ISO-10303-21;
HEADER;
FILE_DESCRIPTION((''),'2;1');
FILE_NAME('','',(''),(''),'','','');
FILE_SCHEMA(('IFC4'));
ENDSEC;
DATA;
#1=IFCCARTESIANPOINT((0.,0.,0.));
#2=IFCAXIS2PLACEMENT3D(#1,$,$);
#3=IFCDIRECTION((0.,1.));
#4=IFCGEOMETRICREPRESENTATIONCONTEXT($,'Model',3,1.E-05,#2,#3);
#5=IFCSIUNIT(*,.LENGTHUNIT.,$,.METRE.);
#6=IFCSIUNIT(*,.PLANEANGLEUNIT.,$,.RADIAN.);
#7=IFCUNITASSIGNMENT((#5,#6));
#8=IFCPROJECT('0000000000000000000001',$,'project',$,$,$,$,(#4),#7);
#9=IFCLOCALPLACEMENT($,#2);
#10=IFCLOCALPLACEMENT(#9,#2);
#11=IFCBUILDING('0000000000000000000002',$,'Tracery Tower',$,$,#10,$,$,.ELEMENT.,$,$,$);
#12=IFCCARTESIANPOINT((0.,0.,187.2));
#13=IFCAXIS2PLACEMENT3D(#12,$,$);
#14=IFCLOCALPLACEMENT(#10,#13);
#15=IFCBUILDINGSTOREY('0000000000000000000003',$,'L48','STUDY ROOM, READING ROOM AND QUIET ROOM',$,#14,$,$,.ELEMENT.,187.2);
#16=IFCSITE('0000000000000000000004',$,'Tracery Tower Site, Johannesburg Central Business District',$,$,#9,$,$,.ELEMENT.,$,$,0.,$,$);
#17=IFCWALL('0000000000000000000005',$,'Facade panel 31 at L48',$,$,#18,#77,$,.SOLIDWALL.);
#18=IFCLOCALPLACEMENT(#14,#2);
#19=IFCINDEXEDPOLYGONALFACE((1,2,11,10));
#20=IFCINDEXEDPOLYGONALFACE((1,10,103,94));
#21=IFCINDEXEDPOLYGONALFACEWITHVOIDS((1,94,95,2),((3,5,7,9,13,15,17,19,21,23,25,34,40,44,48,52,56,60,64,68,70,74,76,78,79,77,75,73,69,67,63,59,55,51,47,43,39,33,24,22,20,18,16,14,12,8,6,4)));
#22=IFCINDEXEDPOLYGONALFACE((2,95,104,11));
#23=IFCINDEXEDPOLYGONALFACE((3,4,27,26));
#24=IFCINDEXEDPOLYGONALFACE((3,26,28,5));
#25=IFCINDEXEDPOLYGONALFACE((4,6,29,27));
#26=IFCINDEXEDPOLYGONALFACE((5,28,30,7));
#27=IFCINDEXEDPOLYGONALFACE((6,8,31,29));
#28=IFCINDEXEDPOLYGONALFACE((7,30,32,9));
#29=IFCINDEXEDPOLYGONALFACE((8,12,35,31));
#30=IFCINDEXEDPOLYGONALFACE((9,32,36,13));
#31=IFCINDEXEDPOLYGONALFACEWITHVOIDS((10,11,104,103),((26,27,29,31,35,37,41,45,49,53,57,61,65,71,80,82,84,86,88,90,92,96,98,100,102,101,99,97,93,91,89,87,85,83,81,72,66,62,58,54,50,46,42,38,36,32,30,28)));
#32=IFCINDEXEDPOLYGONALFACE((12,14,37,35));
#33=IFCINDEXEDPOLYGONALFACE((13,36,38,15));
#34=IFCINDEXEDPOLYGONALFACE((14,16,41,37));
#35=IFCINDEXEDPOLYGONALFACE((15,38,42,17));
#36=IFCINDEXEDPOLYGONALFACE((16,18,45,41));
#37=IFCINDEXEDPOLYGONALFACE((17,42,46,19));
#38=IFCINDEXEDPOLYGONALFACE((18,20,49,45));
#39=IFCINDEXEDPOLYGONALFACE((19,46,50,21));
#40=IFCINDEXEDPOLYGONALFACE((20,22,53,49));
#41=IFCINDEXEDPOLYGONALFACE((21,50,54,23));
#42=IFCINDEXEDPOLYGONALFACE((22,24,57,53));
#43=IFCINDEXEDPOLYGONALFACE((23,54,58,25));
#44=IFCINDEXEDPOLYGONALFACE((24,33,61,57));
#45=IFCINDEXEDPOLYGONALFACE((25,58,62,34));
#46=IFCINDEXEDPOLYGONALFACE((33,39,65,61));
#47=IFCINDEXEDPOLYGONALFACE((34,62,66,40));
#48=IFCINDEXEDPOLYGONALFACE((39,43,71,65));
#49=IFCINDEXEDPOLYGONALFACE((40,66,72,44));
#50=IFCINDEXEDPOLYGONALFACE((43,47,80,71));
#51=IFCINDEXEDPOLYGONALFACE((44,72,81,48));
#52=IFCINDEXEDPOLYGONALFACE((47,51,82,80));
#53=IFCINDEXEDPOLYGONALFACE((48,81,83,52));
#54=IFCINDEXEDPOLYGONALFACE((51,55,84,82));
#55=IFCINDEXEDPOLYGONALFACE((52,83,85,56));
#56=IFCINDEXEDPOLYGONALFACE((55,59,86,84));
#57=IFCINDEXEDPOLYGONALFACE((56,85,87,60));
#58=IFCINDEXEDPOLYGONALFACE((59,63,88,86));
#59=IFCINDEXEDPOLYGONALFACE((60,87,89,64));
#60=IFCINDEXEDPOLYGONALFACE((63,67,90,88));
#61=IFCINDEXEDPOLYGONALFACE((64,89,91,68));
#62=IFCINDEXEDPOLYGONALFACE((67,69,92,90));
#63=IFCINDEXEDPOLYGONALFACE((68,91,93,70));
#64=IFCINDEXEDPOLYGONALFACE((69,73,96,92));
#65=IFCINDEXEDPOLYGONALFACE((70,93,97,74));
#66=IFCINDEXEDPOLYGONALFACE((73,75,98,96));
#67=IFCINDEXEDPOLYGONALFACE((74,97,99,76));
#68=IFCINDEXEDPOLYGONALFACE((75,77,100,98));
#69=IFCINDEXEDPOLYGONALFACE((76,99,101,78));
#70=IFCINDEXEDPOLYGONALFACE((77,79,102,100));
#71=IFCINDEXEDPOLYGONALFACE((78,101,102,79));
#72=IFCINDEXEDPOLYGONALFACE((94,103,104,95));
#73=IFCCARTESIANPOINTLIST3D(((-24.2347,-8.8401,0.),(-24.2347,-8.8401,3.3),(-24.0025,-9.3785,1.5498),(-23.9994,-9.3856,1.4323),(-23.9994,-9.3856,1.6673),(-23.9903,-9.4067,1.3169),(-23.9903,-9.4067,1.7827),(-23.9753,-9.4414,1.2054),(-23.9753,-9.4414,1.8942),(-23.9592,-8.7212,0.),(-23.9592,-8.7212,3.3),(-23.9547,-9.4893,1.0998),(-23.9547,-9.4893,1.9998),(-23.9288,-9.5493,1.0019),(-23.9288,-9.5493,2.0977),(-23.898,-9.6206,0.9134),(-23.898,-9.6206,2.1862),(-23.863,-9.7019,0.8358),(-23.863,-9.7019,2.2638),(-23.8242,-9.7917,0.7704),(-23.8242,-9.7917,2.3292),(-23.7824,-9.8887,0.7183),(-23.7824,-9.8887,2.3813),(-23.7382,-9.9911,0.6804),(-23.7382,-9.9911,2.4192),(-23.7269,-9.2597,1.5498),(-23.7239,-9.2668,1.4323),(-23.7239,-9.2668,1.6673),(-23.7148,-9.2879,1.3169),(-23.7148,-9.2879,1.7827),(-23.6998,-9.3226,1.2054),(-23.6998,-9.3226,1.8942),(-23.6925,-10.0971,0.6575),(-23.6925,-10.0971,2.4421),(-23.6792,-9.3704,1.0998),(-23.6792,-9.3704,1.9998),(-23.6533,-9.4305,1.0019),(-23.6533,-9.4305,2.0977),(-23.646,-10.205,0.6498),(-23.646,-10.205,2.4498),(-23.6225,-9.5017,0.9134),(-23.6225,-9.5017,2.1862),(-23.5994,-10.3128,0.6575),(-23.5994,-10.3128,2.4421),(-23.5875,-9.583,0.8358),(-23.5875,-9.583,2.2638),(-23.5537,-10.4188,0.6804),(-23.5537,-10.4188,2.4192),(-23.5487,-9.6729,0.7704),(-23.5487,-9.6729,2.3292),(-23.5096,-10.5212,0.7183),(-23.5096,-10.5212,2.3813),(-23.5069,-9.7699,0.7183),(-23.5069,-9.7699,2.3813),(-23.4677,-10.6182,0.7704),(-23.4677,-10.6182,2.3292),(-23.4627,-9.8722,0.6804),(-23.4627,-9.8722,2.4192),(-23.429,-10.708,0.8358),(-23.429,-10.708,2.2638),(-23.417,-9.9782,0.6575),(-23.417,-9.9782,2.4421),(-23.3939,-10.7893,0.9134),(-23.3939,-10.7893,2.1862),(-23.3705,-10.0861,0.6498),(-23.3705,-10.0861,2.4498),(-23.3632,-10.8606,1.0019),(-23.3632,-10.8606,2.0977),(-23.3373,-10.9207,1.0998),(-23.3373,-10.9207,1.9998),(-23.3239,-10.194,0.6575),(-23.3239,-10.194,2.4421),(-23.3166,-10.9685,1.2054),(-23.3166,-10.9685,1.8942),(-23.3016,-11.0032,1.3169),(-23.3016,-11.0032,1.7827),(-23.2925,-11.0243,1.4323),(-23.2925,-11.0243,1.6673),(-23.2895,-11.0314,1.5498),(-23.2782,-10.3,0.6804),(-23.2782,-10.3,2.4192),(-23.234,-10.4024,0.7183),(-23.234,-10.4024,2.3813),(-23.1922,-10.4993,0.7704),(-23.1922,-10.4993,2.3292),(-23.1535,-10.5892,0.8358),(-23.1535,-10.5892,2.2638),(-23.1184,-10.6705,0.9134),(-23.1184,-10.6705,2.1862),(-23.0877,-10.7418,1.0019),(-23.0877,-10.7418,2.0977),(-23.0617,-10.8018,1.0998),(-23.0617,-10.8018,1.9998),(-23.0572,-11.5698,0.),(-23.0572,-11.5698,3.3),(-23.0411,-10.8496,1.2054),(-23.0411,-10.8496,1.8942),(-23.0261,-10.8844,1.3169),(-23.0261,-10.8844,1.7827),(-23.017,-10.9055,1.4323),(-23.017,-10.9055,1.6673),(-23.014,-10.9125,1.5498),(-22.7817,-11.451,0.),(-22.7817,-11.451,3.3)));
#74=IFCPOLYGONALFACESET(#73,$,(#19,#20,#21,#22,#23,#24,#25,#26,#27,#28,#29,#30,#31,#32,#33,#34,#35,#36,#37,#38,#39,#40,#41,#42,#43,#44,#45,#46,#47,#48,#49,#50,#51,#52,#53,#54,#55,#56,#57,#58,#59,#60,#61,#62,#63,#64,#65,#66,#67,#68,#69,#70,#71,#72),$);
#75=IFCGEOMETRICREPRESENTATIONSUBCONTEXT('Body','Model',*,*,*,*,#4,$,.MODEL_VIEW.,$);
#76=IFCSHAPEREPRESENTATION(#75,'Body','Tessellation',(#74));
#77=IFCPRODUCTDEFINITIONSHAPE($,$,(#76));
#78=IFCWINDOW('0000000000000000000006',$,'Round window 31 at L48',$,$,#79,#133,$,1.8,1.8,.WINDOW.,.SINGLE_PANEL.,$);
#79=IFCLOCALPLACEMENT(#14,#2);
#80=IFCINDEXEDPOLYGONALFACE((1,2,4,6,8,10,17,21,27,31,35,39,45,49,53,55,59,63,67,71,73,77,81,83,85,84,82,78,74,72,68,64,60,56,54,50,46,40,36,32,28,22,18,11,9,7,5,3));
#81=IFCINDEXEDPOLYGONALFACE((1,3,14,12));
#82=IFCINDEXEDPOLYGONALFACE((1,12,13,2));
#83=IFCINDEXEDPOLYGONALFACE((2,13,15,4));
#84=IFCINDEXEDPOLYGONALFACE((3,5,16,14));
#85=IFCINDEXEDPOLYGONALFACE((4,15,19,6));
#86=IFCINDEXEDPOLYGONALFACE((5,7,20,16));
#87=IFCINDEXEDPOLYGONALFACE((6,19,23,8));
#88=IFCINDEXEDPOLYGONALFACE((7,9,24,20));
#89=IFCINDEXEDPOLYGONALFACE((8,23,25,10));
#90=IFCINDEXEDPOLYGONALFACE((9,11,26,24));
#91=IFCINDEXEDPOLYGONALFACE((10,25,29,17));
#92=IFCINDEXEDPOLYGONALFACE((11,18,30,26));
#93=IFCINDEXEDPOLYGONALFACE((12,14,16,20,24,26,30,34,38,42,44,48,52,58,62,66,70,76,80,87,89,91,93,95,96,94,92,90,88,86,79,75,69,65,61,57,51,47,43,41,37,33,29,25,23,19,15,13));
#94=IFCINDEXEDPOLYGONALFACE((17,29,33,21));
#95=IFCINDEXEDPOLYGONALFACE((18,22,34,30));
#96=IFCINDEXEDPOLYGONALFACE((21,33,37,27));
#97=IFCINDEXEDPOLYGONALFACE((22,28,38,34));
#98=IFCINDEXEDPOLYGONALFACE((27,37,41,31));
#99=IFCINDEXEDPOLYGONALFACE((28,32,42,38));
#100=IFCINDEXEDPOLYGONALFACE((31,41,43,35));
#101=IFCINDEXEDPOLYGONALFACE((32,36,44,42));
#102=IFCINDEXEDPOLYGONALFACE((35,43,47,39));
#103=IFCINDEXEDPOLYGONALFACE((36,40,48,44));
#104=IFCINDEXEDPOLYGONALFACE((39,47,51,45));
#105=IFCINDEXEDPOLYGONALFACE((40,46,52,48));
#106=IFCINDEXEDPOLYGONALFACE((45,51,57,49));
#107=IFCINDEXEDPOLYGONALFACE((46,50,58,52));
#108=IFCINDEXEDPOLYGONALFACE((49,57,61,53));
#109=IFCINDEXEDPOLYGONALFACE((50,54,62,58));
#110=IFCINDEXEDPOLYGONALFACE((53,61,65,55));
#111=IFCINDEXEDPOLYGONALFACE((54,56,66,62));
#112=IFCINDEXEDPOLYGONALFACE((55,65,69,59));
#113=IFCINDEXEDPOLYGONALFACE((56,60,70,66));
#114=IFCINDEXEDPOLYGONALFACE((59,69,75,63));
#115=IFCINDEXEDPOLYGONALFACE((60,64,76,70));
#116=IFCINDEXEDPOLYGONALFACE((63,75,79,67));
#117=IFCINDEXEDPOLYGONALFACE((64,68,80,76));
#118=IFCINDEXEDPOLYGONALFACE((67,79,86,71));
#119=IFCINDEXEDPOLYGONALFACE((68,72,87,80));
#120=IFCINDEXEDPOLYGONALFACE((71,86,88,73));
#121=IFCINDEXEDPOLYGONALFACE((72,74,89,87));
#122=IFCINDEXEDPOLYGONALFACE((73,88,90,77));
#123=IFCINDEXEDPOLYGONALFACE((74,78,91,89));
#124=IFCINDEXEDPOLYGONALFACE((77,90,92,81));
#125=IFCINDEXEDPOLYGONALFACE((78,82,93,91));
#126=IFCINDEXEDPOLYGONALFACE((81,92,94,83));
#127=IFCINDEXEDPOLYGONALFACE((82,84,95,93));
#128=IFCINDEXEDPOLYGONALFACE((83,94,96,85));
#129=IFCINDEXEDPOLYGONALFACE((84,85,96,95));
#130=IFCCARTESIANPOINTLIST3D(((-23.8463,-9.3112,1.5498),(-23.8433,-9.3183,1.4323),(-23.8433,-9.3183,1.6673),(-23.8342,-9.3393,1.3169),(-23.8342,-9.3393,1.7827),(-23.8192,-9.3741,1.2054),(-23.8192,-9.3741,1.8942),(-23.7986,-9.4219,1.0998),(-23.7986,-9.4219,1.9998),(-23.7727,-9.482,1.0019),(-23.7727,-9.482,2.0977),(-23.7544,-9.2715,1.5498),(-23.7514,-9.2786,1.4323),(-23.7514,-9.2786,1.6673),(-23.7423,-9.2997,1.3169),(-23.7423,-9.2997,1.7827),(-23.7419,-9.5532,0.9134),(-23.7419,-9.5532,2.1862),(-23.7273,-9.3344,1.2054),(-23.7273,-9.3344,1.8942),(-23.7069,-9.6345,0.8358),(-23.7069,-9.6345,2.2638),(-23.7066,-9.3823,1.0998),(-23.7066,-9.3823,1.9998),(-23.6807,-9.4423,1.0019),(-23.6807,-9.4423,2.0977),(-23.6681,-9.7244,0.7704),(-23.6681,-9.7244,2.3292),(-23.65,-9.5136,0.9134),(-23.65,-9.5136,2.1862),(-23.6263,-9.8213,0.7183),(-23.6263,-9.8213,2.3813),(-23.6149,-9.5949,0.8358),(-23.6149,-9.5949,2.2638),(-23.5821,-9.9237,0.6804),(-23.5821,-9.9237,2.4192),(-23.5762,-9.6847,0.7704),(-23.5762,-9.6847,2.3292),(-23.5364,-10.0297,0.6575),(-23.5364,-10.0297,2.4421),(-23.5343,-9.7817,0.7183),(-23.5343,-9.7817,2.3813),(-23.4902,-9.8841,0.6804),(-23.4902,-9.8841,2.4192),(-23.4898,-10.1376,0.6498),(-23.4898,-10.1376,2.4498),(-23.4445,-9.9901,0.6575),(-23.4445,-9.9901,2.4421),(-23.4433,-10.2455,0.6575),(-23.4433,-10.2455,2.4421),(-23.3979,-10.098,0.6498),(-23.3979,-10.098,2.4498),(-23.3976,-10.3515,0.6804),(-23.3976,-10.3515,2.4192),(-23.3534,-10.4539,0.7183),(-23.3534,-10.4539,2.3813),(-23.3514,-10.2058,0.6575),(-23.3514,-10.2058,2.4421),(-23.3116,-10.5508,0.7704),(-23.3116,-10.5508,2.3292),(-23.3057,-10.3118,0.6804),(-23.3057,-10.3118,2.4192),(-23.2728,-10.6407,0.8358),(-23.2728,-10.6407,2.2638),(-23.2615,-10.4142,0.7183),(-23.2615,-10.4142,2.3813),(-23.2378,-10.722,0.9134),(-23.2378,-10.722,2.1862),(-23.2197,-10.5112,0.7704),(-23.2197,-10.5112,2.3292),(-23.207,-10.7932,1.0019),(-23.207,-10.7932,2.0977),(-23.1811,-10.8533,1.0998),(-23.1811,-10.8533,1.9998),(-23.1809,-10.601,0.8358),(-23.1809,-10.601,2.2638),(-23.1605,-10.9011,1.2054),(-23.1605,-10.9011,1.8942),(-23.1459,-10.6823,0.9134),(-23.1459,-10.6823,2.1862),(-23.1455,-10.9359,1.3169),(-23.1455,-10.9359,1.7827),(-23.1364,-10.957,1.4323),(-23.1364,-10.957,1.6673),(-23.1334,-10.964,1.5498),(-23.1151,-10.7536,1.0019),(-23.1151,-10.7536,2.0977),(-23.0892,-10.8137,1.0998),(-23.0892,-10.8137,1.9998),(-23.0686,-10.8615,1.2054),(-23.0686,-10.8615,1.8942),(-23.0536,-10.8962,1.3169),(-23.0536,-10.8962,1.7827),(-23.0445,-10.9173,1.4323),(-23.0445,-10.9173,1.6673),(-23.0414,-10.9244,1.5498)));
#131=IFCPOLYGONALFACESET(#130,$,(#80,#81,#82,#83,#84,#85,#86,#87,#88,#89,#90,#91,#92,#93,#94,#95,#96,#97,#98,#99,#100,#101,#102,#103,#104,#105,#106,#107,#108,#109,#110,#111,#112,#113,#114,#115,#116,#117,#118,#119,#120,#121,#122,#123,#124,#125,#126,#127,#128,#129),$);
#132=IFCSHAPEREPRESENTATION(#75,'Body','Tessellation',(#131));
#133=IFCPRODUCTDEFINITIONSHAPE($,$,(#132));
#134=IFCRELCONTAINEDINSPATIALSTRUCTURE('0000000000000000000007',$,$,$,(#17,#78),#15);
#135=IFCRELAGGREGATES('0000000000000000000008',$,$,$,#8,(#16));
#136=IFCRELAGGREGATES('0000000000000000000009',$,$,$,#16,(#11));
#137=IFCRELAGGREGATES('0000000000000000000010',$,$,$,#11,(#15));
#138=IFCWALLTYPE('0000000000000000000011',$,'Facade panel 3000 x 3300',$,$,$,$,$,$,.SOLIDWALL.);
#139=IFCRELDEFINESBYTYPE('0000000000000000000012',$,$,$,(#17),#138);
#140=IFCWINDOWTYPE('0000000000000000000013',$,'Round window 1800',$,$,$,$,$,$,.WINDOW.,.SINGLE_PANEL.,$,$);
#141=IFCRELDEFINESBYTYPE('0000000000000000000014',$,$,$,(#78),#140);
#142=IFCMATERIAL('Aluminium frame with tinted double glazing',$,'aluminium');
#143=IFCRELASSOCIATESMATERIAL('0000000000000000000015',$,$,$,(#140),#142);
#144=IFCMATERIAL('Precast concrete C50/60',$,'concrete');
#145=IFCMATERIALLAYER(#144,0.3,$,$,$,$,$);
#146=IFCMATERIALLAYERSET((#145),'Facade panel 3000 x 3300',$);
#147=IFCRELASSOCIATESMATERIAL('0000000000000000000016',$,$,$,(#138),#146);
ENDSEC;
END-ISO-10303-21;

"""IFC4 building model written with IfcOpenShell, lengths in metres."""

from ifc_helpers import new_model, si_unit, direction, frame, frame_2d, origin, origin_2d, place, context, subcontext, project, spatial, rectangle, circle, extrude, material, layer, layer_set, type_object, element, fill, save


model = new_model("IFC4")

# Units and contexts
model_context = context("Model", 3, precision=1e-05, world=origin(), true_north=direction((0.0, 1.0)))
body_context = subcontext(model_context, "Body", "Model", "MODEL_VIEW")
ifc_project = project(units=[si_unit("LENGTHUNIT", "METRE"), si_unit("PLANEANGLEUNIT", "RADIAN")], contexts=[model_context])

# Site, building, storey
site_placement = place(None, origin())
site = spatial("IfcSite", under=ifc_project, at=site_placement, Name="Tracery Tower Site, Johannesburg Central Business District", CompositionType="ELEMENT", RefElevation=0.0)
building_placement = place(site_placement, origin())
building = spatial("IfcBuilding", under=site, at=building_placement, Name="Tracery Tower", CompositionType="ELEMENT")
storey_placement = place(building_placement, frame((0.0, 0.0, 187.2)))
storey = spatial("IfcBuildingStorey", under=building, at=storey_placement, Name="L48", Description="STUDY ROOM, READING ROOM AND QUIET ROOM", CompositionType="ELEMENT", Elevation=187.2)

# Wall, opening, window
ifc_material_1 = material(Name="Aluminium frame with tinted double glazing", Category="aluminium")
window_type = type_object("IfcWindowType", Name="Round window 1800", PartitioningType="SINGLE_PANEL", PredefinedType="WINDOW", material=ifc_material_1)
ifc_material_2 = material(Name="Precast concrete C50/60", Category="concrete")
ifc_layer_1 = layer(ifc_material_2, 0.3)
ifc_layer_set_1 = layer_set([ifc_layer_1], Name="Facade panel 3000 x 3300")
wall_type_1 = type_object("IfcWallType", Name="Facade panel 3000 x 3300", PredefinedType="SOLIDWALL", material=ifc_layer_set_1)
wall_1_placement = place(storey_placement, frame((-24.0969, -8.7808, 0.0), z_axis=(0.0, 0.0, 1.0), x_axis=(0.396079, -0.918216, 0.0)))
wall_1 = element("IfcWall", 1, at=wall_1_placement, inside=storey, type_object=wall_type_1, Name="Facade panel 31 at L48", PredefinedType="SOLIDWALL", context=body_context, shape_type="SweptSolid", body=[
    extrude(rectangle(XDim=2.9729, YDim=0.3, at=frame_2d((1.4863, 0.0))), origin(), (0.0, 0.0, 1.0), 3.3),
])
opening_1_placement = place(wall_1_placement, frame((1.4863, 0.0, 1.5498)))
opening_1 = element("IfcOpeningElement", 2, at=opening_1_placement, cuts=wall_1, PredefinedType="OPENING", context=body_context, shape_type="SweptSolid", body=[
    extrude(circle(Radius=0.9, at=origin_2d()), frame((0.0, 0.1599, 0.0), z_axis=(0.0, -1.0, 0.0), x_axis=(1.0, 0.0, 0.0)), (0.0, 0.0, 1.0), 0.3201),
])
window_1_placement = place(opening_1_placement, origin())
window_1 = element("IfcWindow", 3, at=window_1_placement, inside=storey, type_object=window_type, Name="Round window 31 at L48", OverallHeight=1.8, OverallWidth=1.8, PartitioningType="SINGLE_PANEL", PredefinedType="WINDOW", context=body_context, shape_type="SweptSolid", body=[
    extrude(circle(Radius=0.9, at=origin_2d()), frame((0.0, 0.1201, 0.0), z_axis=(0.0, -1.0, 0.0), x_axis=(1.0, 0.0, 0.0)), (0.0, 0.0, 1.0), 0.1001),
])
fill(opening_1, window_1)

save(model, "model.ifc")
